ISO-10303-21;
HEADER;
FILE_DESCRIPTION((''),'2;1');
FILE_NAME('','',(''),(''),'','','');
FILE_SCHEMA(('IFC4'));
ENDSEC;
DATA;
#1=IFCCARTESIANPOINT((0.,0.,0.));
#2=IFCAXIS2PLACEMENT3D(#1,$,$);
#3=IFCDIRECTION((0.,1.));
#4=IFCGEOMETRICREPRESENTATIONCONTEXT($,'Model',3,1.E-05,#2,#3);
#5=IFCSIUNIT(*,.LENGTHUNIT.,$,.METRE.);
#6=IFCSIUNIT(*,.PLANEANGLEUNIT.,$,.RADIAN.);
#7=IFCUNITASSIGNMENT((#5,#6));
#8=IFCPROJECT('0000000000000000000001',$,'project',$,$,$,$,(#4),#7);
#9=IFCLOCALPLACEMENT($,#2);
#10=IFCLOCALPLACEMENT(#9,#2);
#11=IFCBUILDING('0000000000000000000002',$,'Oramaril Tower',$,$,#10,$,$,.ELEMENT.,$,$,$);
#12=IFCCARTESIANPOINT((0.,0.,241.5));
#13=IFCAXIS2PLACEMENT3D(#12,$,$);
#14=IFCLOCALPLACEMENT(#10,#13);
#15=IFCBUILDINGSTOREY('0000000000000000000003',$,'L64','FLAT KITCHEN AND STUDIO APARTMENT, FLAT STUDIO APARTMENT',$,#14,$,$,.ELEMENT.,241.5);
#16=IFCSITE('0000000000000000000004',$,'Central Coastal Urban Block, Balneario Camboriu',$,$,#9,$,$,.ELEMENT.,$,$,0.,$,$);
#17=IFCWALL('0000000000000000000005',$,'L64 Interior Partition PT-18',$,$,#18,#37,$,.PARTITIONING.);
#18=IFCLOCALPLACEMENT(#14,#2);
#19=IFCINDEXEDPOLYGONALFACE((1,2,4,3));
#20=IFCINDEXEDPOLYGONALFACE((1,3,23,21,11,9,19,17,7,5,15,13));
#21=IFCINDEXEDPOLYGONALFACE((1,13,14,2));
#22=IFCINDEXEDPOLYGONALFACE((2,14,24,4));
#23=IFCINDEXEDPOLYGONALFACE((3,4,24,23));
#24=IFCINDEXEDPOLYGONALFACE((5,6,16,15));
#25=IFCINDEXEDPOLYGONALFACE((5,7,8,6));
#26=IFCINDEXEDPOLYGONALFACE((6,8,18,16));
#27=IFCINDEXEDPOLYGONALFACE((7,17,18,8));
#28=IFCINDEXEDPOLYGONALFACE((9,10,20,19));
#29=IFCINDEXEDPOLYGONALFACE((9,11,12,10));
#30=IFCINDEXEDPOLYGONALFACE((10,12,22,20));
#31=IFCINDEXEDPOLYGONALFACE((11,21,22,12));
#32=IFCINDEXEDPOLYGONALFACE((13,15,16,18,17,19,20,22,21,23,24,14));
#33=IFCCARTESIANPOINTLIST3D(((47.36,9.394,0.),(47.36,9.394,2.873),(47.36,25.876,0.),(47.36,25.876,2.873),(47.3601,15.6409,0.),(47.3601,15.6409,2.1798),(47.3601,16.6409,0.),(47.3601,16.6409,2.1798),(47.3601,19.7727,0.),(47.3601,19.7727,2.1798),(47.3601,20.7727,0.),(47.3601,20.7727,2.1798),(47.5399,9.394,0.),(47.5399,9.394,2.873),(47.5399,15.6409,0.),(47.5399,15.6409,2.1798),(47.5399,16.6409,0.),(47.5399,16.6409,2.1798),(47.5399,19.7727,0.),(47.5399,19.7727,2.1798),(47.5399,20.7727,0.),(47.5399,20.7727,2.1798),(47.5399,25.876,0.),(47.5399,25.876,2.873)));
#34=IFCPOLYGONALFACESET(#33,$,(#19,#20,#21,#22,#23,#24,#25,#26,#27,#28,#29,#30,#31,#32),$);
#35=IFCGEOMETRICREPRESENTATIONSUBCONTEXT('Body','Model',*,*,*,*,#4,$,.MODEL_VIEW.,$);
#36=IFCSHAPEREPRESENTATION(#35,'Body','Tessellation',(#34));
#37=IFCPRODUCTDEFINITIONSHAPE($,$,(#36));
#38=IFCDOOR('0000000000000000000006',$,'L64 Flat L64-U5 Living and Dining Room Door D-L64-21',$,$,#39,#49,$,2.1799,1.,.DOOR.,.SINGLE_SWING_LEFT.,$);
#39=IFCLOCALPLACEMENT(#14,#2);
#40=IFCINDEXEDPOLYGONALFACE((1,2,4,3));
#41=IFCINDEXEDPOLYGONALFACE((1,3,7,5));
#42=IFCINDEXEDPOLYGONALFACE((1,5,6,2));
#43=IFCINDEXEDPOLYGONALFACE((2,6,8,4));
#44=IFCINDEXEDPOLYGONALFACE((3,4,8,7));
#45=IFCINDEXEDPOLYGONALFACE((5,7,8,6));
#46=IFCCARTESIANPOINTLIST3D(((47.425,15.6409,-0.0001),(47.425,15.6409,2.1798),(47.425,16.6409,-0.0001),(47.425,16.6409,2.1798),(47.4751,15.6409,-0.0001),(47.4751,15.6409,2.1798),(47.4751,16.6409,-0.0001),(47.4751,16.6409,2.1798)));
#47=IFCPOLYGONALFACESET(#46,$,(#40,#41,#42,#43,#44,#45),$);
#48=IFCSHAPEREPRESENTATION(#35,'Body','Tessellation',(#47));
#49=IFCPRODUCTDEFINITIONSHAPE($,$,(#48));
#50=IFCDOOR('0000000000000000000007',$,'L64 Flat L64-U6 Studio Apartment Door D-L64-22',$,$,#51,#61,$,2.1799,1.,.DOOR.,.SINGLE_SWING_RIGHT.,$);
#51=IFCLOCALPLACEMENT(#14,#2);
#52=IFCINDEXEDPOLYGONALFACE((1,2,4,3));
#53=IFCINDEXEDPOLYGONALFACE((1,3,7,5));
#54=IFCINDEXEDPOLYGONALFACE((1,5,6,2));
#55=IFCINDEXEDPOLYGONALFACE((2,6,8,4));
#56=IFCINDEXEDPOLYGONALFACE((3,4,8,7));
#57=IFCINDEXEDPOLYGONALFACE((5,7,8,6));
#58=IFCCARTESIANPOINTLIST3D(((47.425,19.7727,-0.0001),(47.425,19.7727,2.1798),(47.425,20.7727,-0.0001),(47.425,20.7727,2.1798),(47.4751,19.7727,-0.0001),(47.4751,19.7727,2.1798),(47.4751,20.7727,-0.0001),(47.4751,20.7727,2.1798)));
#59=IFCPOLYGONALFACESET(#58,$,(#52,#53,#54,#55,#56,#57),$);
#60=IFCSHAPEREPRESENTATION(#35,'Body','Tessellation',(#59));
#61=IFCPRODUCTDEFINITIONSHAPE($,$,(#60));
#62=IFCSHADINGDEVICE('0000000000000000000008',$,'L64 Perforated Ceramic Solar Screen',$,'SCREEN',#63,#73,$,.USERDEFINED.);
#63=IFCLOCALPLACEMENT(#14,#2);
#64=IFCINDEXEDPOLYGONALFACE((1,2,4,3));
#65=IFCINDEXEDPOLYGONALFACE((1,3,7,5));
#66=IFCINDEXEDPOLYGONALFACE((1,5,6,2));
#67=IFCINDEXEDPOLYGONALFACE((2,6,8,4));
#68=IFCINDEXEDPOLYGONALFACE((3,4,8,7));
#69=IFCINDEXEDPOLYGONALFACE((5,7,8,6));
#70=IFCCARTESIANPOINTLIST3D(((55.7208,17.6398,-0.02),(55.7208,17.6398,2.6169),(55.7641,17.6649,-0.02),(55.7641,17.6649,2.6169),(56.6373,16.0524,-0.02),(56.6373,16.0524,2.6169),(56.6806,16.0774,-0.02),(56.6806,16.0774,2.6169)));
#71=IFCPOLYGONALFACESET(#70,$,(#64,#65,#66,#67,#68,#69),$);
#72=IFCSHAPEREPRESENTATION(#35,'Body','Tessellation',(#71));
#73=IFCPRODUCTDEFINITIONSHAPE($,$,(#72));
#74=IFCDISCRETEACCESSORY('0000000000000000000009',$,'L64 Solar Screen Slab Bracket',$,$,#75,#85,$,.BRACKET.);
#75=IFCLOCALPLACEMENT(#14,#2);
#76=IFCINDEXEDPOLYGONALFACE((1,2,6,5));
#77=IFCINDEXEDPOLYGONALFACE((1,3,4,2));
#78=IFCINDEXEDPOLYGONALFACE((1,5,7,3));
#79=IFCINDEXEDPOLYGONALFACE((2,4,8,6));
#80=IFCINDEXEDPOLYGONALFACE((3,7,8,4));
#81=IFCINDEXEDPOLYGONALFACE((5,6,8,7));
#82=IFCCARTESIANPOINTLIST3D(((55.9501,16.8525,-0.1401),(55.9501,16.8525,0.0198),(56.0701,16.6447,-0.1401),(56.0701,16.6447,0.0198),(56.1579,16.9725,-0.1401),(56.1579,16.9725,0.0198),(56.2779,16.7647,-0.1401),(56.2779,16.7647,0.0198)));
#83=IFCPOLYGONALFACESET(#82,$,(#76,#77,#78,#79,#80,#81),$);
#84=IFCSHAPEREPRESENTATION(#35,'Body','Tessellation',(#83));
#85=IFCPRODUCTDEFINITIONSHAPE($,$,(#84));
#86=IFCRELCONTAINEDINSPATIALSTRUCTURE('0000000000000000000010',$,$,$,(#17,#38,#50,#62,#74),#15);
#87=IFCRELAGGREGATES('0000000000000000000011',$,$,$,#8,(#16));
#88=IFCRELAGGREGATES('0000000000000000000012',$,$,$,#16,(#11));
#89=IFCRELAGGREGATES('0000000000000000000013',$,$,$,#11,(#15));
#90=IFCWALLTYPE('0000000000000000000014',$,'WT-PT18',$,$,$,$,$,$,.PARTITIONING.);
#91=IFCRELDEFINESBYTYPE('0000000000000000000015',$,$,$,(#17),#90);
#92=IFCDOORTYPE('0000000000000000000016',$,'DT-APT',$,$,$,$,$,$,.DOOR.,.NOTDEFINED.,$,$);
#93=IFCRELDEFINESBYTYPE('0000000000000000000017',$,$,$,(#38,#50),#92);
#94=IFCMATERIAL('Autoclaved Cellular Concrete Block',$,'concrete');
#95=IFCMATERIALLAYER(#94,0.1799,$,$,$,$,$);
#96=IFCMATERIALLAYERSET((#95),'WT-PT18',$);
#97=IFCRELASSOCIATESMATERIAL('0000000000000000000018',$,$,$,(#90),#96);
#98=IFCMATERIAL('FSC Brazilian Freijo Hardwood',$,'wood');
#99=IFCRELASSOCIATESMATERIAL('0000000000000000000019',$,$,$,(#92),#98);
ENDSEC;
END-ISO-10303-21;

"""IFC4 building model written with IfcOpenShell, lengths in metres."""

from ifc_helpers import new_model, si_unit, direction, frame, frame_2d, origin, origin_2d, place, context, subcontext, project, spatial, rectangle, extrude, material, layer, layer_set, type_object, element, fill, save


model = new_model("IFC4")

# Units and contexts
model_context = context("Model", 3, precision=1e-05, world=origin(), true_north=direction((0.0, 1.0)))
body_context = subcontext(model_context, "Body", "Model", "MODEL_VIEW")
ifc_project = project(units=[si_unit("LENGTHUNIT", "METRE"), si_unit("PLANEANGLEUNIT", "RADIAN")], contexts=[model_context])

# Site, building, storey
site_placement = place(None, origin())
site = spatial("IfcSite", under=ifc_project, at=site_placement, Name="Central Coastal Urban Block, Balneario Camboriu", CompositionType="ELEMENT", RefElevation=0.0)
building_placement = place(site_placement, origin())
building = spatial("IfcBuilding", under=site, at=building_placement, Name="Oramaril Tower", CompositionType="ELEMENT")
storey_placement = place(building_placement, frame((0.0, 0.0, 241.5)))
storey = spatial("IfcBuildingStorey", under=building, at=storey_placement, Name="L64", Description="FLAT KITCHEN AND STUDIO APARTMENT, FLAT STUDIO APARTMENT", CompositionType="ELEMENT", Elevation=241.5)

# Shared definitions
ifc_material_1 = material(Name="Autoclaved Cellular Concrete Block", Category="concrete")
ifc_layer_1 = layer(ifc_material_1, 0.1799)
ifc_layer_set_1 = layer_set([ifc_layer_1], Name="WT-PT18")
wall_type_1 = type_object("IfcWallType", Name="WT-PT18", PredefinedType="PARTITIONING", material=ifc_layer_set_1)

# Wall, openings, doors
wall_1_placement = place(storey_placement, frame((47.45, 9.394, 0.0), z_axis=(0.0, 0.0, 1.0), x_axis=(0.0, 1.0, 0.0)))
wall_1 = element("IfcWall", 1, at=wall_1_placement, inside=storey, type_object=wall_type_1, Name="L64 Interior Partition PT-18", PredefinedType="PARTITIONING", context=body_context, shape_type="SweptSolid", body=[
    extrude(rectangle(XDim=16.4819, YDim=0.1799, at=frame_2d((8.241, 0.0))), origin(), (0.0, 0.0, 1.0), 2.873),
])
opening_1_placement = place(wall_1_placement, frame((6.2468, 0.0, 0.0)))
opening_1 = element("IfcOpeningElement", 2, at=opening_1_placement, cuts=wall_1, PredefinedType="OPENING", context=body_context, shape_type="SweptSolid", body=[
    extrude(rectangle(XDim=1.0, YDim=2.1799, at=frame_2d((0.5, 1.0898))), frame((0.0, 0.0898, 0.0), z_axis=(0.0, -1.0, 0.0), x_axis=(1.0, 0.0, 0.0)), (0.0, 0.0, 1.0), 0.1799),
])
opening_2_placement = place(wall_1_placement, frame((10.3787, 0.0, 0.0)))
opening_2 = element("IfcOpeningElement", 3, at=opening_2_placement, cuts=wall_1, PredefinedType="OPENING", context=body_context, shape_type="SweptSolid", body=[
    extrude(rectangle(XDim=1.0, YDim=2.1799, at=frame_2d((0.5, 1.0898))), frame((0.0, 0.0898, 0.0), z_axis=(0.0, -1.0, 0.0), x_axis=(1.0, 0.0, 0.0)), (0.0, 0.0, 1.0), 0.1799),
])
ifc_material_2 = material(Name="FSC Brazilian Freijo Hardwood", Category="wood")
door_type_1 = type_object("IfcDoorType", Name="DT-APT", OperationType="NOTDEFINED", PredefinedType="DOOR", material=ifc_material_2)
door_1_placement = place(opening_1_placement, origin())
door_1 = element("IfcDoor", 4, at=door_1_placement, inside=storey, type_object=door_type_1, Name="L64 Flat L64-U5 Living and Dining Room Door D-L64-21", OperationType="SINGLE_SWING_LEFT", OverallHeight=2.1799, OverallWidth=1.0, PredefinedType="DOOR", context=body_context, shape_type="SweptSolid", body=[
    extrude(rectangle(XDim=1.0, YDim=2.1799, at=frame_2d((0.5, 1.0898))), frame((0.0, 0.0249, 0.0), z_axis=(0.0, -1.0, 0.0), x_axis=(1.0, 0.0, 0.0)), (0.0, 0.0, 1.0), 0.05),
])
fill(opening_1, door_1)
door_2_placement = place(opening_2_placement, origin())
door_2 = element("IfcDoor", 5, at=door_2_placement, inside=storey, type_object=door_type_1, Name="L64 Flat L64-U6 Studio Apartment Door D-L64-22", OperationType="SINGLE_SWING_RIGHT", OverallHeight=2.1799, OverallWidth=1.0, PredefinedType="DOOR", context=body_context, shape_type="SweptSolid", body=[
    extrude(rectangle(XDim=1.0, YDim=2.1799, at=frame_2d((0.5, 1.0898))), frame((0.0, 0.0249, 0.0), z_axis=(0.0, -1.0, 0.0), x_axis=(1.0, 0.0, 0.0)), (0.0, 0.0, 1.0), 0.05),
])
fill(opening_2, door_2)

# Shading device
shading_device_placement = place(storey_placement, frame((56.2007, 16.8586, -0.02), z_axis=(0.0, 0.0, 1.0), x_axis=(-0.499998, 0.866026, 0.0)))
element("IfcShadingDevice", 6, at=shading_device_placement, inside=storey, Name="L64 Perforated Ceramic Solar Screen", ObjectType="SCREEN", PredefinedType="USERDEFINED", context=body_context, shape_type="SweptSolid", body=[
    extrude(rectangle(XDim=1.833, YDim=0.05, at=origin_2d()), origin(), (0.0, 0.0, 1.0), 2.637),
])

# Discrete accessory
discrete_accessory_placement = place(storey_placement, frame((56.114, 16.8086, -0.1401), z_axis=(0.0, 0.0, 1.0), x_axis=(-0.499998, 0.866026, 0.0)))
element("IfcDiscreteAccessory", 7, at=discrete_accessory_placement, inside=storey, Name="L64 Solar Screen Slab Bracket", PredefinedType="BRACKET", context=body_context, shape_type="SweptSolid", body=[
    extrude(rectangle(XDim=0.24, YDim=0.24, at=origin_2d()), origin(), (0.0, 0.0, 1.0), 0.1599),
])

save(model, "model.ifc")
